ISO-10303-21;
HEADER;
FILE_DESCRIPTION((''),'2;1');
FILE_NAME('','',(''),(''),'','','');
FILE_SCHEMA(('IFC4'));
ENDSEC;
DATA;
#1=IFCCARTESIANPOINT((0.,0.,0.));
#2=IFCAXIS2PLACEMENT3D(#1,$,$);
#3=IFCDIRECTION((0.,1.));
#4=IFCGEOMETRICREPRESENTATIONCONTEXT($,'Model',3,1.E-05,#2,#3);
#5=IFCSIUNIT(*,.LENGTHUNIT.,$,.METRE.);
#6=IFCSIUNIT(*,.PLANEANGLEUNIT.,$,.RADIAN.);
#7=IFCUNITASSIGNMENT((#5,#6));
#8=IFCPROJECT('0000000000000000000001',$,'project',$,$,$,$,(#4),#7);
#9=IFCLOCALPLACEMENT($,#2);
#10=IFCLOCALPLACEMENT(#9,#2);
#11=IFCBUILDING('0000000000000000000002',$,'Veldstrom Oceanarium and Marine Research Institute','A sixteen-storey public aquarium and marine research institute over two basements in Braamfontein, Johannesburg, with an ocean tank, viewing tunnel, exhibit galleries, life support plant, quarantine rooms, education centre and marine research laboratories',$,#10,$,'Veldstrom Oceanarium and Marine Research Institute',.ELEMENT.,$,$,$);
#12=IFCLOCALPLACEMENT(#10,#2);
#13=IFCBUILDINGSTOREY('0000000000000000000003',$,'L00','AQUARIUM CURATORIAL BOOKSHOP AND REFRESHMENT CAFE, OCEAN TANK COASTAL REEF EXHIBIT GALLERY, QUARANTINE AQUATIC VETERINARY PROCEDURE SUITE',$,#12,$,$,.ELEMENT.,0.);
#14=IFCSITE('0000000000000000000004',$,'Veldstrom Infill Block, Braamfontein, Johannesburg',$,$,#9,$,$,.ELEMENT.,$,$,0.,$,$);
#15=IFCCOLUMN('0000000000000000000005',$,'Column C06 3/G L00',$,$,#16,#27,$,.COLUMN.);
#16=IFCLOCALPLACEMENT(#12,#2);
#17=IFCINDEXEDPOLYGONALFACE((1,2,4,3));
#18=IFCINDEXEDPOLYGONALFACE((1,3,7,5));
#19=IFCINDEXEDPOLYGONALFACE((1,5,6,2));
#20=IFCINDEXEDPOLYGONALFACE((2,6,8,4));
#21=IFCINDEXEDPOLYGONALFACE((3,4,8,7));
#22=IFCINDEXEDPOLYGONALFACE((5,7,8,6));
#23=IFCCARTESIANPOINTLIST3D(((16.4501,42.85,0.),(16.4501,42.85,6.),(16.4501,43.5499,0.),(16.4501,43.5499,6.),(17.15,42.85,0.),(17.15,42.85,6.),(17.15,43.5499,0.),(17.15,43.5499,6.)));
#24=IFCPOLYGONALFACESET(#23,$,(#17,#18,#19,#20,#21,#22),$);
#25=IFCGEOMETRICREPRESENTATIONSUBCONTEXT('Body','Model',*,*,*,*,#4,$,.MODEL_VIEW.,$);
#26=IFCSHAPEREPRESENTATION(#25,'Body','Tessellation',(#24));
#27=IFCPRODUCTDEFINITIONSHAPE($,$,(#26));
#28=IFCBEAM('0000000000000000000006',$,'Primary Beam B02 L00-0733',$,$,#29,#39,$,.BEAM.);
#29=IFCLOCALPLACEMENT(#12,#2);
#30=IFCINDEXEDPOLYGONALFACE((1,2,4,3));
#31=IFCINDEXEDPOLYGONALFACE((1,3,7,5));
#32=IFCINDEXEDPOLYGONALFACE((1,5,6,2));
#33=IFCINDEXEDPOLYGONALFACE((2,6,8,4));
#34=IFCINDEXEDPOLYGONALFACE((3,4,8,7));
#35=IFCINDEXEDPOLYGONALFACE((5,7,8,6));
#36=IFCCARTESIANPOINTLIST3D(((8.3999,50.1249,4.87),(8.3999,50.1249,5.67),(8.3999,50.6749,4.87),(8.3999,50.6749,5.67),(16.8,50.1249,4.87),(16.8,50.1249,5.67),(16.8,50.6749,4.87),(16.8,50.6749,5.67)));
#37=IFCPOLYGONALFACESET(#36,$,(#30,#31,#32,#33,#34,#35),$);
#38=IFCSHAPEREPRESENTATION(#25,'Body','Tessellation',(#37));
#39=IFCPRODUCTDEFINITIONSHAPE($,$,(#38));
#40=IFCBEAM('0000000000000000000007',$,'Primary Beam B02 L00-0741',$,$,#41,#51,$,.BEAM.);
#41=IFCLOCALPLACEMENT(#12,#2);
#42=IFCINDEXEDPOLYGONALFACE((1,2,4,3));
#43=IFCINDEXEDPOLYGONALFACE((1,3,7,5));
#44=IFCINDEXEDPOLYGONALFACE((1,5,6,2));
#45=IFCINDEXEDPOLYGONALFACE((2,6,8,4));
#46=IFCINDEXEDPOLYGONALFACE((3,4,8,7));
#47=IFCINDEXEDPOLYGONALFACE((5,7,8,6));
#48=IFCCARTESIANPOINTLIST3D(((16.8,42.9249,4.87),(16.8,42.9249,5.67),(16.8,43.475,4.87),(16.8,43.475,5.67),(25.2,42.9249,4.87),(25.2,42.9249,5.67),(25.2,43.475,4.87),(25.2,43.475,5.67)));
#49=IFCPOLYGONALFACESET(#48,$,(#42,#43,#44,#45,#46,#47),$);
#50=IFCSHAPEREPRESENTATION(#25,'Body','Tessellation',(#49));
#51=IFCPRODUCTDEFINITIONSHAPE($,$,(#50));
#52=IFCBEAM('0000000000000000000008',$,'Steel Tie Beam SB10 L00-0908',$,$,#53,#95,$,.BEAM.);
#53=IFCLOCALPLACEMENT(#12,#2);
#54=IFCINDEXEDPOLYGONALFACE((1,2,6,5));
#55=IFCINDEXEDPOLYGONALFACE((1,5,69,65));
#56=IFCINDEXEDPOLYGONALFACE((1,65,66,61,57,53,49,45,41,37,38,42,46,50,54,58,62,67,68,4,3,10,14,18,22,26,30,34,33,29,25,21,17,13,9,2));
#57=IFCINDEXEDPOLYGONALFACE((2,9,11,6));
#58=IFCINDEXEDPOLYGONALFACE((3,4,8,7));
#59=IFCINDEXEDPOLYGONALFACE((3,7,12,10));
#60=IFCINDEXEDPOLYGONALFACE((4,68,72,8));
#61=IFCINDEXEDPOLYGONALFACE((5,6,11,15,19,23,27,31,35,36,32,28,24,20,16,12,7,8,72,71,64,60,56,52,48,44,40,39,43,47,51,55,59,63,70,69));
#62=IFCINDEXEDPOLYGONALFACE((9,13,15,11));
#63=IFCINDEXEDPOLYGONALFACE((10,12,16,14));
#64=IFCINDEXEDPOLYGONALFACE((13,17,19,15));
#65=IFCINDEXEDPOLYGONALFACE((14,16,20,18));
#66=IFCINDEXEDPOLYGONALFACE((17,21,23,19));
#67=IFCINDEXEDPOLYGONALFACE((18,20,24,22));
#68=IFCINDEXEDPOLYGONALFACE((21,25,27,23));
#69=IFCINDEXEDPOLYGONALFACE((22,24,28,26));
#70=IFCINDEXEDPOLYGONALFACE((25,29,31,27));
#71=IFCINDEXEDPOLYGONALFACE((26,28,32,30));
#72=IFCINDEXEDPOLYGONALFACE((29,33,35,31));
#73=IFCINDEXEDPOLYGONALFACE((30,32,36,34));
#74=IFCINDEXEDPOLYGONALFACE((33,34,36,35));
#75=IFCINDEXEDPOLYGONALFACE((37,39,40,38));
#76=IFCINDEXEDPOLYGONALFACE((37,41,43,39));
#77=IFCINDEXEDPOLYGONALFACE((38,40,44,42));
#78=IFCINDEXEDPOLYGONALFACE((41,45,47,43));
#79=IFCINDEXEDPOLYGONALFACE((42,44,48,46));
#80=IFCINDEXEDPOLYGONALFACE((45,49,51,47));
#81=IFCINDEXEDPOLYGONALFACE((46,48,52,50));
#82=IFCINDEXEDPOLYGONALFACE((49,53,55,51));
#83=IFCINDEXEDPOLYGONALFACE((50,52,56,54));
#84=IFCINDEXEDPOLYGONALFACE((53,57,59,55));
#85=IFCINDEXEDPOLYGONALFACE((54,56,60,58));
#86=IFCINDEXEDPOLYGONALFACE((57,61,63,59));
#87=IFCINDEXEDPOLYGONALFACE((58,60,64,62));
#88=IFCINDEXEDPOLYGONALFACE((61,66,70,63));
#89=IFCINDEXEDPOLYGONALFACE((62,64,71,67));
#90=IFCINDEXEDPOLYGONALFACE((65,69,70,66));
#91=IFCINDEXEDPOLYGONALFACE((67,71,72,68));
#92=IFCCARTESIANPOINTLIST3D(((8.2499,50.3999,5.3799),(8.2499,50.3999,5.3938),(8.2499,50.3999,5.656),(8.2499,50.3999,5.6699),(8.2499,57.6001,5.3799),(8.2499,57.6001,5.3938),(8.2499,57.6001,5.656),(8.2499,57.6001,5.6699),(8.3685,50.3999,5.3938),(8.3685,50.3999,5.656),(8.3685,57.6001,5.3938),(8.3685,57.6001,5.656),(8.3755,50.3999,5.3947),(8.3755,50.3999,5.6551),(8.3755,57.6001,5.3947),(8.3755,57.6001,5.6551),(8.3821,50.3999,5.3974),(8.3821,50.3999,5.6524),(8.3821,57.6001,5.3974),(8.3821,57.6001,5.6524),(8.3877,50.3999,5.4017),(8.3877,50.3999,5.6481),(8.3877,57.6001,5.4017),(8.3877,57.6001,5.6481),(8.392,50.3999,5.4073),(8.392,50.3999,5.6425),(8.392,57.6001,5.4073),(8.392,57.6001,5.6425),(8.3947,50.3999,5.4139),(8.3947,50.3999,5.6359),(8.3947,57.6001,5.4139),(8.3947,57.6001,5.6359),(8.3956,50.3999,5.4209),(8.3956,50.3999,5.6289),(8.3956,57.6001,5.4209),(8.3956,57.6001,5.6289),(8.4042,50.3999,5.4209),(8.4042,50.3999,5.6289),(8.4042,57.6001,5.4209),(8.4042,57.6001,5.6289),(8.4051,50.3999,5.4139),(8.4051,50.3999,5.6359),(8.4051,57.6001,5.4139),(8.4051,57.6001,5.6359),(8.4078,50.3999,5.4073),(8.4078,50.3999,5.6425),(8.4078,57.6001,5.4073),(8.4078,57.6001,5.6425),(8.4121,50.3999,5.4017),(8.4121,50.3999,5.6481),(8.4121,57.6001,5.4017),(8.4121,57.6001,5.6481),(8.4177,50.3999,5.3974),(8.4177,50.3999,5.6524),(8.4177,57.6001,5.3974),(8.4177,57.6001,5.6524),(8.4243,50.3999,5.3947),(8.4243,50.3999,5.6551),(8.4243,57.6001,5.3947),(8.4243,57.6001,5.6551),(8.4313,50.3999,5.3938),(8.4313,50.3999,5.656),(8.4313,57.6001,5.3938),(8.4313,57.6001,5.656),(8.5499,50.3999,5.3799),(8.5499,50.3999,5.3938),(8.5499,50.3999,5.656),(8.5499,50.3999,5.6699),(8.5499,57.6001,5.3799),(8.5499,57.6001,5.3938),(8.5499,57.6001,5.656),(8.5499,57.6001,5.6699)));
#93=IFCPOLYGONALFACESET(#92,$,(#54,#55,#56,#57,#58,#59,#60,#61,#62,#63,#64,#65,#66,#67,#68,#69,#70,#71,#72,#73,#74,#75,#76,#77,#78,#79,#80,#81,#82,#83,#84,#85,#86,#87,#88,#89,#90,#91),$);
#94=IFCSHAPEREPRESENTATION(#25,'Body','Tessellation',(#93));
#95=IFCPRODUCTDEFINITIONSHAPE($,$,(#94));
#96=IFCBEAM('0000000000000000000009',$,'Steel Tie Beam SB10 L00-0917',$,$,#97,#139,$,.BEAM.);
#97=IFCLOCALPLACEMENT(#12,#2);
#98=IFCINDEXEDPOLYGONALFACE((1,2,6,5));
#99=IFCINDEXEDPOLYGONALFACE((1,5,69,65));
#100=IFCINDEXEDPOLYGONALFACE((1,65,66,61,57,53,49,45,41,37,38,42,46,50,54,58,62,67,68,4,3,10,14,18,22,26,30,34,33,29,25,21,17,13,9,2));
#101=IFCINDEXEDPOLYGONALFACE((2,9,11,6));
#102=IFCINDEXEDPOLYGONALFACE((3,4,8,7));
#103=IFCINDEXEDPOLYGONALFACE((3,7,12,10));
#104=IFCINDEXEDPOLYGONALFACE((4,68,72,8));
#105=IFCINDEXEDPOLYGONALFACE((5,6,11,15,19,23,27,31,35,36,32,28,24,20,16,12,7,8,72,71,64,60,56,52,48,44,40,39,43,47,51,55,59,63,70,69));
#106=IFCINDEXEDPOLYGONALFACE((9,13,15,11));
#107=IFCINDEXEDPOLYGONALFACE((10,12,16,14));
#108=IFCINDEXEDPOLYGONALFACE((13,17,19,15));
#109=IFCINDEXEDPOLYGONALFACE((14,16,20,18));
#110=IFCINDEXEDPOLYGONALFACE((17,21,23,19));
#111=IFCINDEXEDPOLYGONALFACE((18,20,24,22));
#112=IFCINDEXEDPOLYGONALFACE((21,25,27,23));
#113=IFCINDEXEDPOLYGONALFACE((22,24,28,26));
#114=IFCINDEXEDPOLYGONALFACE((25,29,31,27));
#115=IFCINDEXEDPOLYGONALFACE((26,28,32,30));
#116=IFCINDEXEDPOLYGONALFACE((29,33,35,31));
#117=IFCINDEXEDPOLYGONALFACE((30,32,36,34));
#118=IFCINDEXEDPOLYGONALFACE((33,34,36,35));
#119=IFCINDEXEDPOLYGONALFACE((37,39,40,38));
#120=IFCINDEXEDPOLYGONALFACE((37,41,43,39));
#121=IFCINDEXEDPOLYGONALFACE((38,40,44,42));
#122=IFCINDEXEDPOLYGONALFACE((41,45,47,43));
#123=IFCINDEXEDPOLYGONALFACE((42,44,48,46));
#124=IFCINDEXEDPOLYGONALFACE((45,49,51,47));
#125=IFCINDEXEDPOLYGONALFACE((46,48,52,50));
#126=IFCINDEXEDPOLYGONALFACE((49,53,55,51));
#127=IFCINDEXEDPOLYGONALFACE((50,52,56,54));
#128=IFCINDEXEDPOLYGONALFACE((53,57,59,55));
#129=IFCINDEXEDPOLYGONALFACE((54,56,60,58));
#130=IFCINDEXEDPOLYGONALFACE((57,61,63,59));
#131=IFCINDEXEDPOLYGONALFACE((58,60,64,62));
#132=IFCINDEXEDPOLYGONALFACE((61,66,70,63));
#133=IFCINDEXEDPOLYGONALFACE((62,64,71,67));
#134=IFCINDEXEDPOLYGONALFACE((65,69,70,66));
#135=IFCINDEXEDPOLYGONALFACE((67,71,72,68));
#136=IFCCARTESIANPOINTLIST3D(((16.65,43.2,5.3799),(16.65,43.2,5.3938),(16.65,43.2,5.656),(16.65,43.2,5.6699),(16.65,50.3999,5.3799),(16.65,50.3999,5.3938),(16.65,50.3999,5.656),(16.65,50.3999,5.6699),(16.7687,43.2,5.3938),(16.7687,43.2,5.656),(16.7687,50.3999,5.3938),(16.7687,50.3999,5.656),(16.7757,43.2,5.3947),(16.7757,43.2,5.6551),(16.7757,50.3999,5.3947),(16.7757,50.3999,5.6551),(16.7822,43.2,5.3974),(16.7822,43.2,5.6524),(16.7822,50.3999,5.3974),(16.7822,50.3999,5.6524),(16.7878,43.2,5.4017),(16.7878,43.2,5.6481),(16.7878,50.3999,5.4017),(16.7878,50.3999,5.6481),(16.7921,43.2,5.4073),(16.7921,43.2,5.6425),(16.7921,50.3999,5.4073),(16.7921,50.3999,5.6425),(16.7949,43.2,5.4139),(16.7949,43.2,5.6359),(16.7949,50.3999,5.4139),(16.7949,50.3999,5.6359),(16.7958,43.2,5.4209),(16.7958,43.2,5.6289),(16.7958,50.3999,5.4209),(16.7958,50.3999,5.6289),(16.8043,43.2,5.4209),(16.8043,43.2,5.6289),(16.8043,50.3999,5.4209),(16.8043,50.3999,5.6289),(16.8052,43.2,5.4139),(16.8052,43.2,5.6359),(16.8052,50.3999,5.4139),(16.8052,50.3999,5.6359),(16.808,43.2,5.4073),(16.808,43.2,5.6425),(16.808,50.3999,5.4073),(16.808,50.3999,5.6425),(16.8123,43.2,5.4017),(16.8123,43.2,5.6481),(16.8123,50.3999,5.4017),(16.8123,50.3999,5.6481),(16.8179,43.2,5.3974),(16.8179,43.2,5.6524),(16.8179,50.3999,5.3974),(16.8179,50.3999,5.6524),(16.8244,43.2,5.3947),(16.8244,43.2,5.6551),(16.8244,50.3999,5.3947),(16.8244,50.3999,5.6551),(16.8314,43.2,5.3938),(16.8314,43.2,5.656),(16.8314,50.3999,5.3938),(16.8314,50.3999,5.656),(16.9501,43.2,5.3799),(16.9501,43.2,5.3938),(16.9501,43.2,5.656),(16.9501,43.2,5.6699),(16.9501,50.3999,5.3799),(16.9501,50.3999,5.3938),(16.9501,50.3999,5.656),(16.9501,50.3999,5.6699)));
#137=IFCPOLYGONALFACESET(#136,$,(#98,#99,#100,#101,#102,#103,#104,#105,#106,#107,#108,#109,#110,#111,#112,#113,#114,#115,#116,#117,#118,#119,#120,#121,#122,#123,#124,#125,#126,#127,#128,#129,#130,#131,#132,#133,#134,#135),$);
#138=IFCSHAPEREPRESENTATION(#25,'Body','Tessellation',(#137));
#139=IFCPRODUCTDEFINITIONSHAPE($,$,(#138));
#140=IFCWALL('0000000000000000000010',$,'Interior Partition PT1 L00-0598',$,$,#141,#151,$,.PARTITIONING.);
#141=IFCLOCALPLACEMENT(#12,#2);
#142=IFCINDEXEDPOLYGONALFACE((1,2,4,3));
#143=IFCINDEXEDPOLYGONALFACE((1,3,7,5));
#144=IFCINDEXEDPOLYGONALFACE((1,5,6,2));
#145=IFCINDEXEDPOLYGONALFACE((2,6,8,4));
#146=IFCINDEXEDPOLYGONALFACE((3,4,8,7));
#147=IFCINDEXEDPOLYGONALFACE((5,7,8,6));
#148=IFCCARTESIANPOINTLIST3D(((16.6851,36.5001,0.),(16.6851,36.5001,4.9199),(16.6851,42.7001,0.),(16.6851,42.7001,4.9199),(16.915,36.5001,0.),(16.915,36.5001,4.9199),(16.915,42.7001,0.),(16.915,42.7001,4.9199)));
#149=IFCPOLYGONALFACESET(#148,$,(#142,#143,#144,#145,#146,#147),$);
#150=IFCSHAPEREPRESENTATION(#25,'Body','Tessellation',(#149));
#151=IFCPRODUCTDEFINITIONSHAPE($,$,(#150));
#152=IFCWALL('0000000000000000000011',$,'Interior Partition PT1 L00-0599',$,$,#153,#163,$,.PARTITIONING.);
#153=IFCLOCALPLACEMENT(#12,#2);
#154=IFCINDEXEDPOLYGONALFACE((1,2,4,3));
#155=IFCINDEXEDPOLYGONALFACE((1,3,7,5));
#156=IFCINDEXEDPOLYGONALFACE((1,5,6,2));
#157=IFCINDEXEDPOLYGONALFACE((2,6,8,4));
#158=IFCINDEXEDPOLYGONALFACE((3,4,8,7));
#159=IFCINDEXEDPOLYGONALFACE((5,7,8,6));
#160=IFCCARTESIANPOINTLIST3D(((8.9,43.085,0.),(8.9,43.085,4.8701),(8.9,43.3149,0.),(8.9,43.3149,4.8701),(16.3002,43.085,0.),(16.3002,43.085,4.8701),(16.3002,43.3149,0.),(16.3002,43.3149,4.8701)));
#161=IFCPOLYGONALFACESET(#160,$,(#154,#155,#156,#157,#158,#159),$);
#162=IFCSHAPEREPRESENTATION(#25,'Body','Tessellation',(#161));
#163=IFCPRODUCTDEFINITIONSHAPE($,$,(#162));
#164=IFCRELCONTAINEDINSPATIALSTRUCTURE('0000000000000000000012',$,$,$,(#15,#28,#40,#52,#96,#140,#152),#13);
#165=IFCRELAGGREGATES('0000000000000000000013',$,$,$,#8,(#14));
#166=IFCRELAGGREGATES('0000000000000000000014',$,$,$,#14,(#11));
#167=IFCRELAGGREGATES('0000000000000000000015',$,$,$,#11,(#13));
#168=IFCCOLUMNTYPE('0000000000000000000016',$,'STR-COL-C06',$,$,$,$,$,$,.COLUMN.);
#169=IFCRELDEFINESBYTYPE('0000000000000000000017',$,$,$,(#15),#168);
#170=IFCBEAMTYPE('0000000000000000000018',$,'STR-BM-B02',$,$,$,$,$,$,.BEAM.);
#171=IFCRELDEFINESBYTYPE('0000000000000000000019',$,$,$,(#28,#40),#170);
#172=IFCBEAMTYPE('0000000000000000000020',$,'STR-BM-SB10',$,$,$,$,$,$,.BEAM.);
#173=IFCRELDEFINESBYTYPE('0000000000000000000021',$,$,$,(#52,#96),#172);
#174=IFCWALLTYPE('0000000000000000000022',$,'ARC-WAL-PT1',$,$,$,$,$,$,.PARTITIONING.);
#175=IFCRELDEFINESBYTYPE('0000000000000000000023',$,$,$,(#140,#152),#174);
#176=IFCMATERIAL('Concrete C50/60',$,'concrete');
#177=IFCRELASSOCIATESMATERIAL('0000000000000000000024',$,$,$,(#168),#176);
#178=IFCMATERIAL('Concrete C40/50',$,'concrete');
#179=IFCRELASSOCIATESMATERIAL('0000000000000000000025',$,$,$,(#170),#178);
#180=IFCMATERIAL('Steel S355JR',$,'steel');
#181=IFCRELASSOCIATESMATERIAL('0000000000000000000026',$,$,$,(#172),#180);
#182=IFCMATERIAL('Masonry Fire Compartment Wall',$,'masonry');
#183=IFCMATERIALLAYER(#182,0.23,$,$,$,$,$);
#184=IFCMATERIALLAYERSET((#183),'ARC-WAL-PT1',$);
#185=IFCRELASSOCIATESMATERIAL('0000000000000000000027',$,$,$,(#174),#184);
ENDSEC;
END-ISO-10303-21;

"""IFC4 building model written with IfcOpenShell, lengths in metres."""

from ifc_helpers import new_model, si_unit, direction, frame, frame_2d, origin, origin_2d, place, context, subcontext, project, spatial, rectangle, i_section, extrude, material, layer, layer_set, material_profile, profile_set, type_object, element, save


model = new_model("IFC4")

# Units and contexts
model_context = context("Model", 3, precision=1e-05, world=origin(), true_north=direction((0.0, 1.0)))
body_context = subcontext(model_context, "Body", "Model", "MODEL_VIEW")
ifc_project = project(units=[si_unit("LENGTHUNIT", "METRE"), si_unit("PLANEANGLEUNIT", "RADIAN")], contexts=[model_context])

# Site, building, storey
site_placement = place(None, origin())
site = spatial("IfcSite", under=ifc_project, at=site_placement, Name="Veldstrom Infill Block, Braamfontein, Johannesburg", CompositionType="ELEMENT", RefElevation=0.0)
building_placement = place(site_placement, origin())
building = spatial("IfcBuilding", under=site, at=building_placement, Name="Veldstrom Oceanarium and Marine Research Institute", Description="A sixteen-storey public aquarium and marine research institute over two basements in Braamfontein, Johannesburg, with an ocean tank, viewing tunnel, exhibit galleries, life support plant, quarantine rooms, education centre and marine research laboratories", LongName="Veldstrom Oceanarium and Marine Research Institute", CompositionType="ELEMENT")
storey_placement = place(building_placement, origin())
storey = spatial("IfcBuildingStorey", under=building, at=storey_placement, Name="L00", Description="AQUARIUM CURATORIAL BOOKSHOP AND REFRESHMENT CAFE, OCEAN TANK COASTAL REEF EXHIBIT GALLERY, QUARANTINE AQUATIC VETERINARY PROCEDURE SUITE", CompositionType="ELEMENT", Elevation=0.0)

# Column
ifc_material_1 = material(Name="Concrete C50/60", Category="concrete")
ifc_material_profile_1 = material_profile(ifc_material_1, rectangle(XDim=0.7, YDim=0.7, at=origin_2d()), Name="RC-COL-700x700")
ifc_profile_set_1 = profile_set([ifc_material_profile_1], Name="Concrete C50/60")
column_type = type_object("IfcColumnType", Name="STR-COL-C06", PredefinedType="COLUMN", material=ifc_profile_set_1)
column_placement = place(storey_placement, frame((16.8, 43.2, 0.0), z_axis=(0.0, 0.0, 1.0), x_axis=(1.0, 0.0, 0.0)))
element("IfcColumn", 1, at=column_placement, inside=storey, type_object=column_type, Name="Column C06 3/G L00", PredefinedType="COLUMN", context=body_context, shape_type="SweptSolid", body=[
    extrude(rectangle(XDim=0.7, YDim=0.7, at=origin_2d()), origin(), (0.0, 0.0, 1.0), 6.0),
])

# Beams
ifc_material_2 = material(Name="Concrete C40/50", Category="concrete")
ifc_material_profile_2 = material_profile(ifc_material_2, rectangle(XDim=0.55, YDim=0.8, at=origin_2d()), Name="RC-BM-550x800")
ifc_profile_set_2 = profile_set([ifc_material_profile_2], Name="Concrete C40/50")
beam_type_1 = type_object("IfcBeamType", Name="STR-BM-B02", PredefinedType="BEAM", material=ifc_profile_set_2)
beam_1_placement = place(storey_placement, frame((8.3999, 50.3999, 5.27), z_axis=(1.0, 0.0, 0.0), x_axis=(0.0, 1.0, 0.0)))
element("IfcBeam", 2, at=beam_1_placement, inside=storey, type_object=beam_type_1, Name="Primary Beam B02 L00-0733", PredefinedType="BEAM", context=body_context, shape_type="SweptSolid", body=[
    extrude(rectangle(XDim=0.55, YDim=0.8, at=origin_2d()), origin(), (0.0, 0.0, 1.0), 8.4001),
])
beam_2_placement = place(storey_placement, frame((16.8, 43.2, 5.27), z_axis=(1.0, 0.0, 0.0), x_axis=(0.0, 1.0, 0.0)))
element("IfcBeam", 3, at=beam_2_placement, inside=storey, type_object=beam_type_1, Name="Primary Beam B02 L00-0741", PredefinedType="BEAM", context=body_context, shape_type="SweptSolid", body=[
    extrude(rectangle(XDim=0.55, YDim=0.8, at=origin_2d()), origin(), (0.0, 0.0, 1.0), 8.3999),
])
ifc_material_3 = material(Name="Steel S355JR", Category="steel")
ifc_material_profile_3 = material_profile(ifc_material_3, i_section(OverallWidth=0.3, OverallDepth=0.29, WebThickness=0.0085, FlangeThickness=0.0139, FilletRadius=0.0271, at=origin_2d()), Name="HEA 300")
ifc_profile_set_3 = profile_set([ifc_material_profile_3], Name="Steel S355JR")
beam_type_2 = type_object("IfcBeamType", Name="STR-BM-SB10", PredefinedType="BEAM", material=ifc_profile_set_3)
beam_3_placement = place(storey_placement, frame((8.3999, 50.3999, 5.5249), z_axis=(0.0, 1.0, 0.0), x_axis=(-1.0, 0.0, 0.0)))
element("IfcBeam", 4, at=beam_3_placement, inside=storey, type_object=beam_type_2, Name="Steel Tie Beam SB10 L00-0908", PredefinedType="BEAM", context=body_context, shape_type="SweptSolid", body=[
    extrude(i_section(OverallWidth=0.3, OverallDepth=0.29, WebThickness=0.0085, FlangeThickness=0.0139, FilletRadius=0.0271, at=origin_2d()), origin(), (0.0, 0.0, 1.0), 7.2002),
])
beam_4_placement = place(storey_placement, frame((16.8, 43.2, 5.5249), z_axis=(0.0, 1.0, 0.0), x_axis=(-1.0, 0.0, 0.0)))
element("IfcBeam", 5, at=beam_4_placement, inside=storey, type_object=beam_type_2, Name="Steel Tie Beam SB10 L00-0917", PredefinedType="BEAM", context=body_context, shape_type="SweptSolid", body=[
    extrude(i_section(OverallWidth=0.3, OverallDepth=0.29, WebThickness=0.0085, FlangeThickness=0.0139, FilletRadius=0.0271, at=origin_2d()), origin(), (0.0, 0.0, 1.0), 7.2),
])

# Walls
ifc_material_4 = material(Name="Masonry Fire Compartment Wall", Category="masonry")
ifc_layer_1 = layer(ifc_material_4, 0.23)
ifc_layer_set_1 = layer_set([ifc_layer_1], Name="ARC-WAL-PT1")
wall_type_1 = type_object("IfcWallType", Name="ARC-WAL-PT1", PredefinedType="PARTITIONING", material=ifc_layer_set_1)
wall_1_placement = place(storey_placement, frame((16.8, 36.5, 0.0), z_axis=(0.0, 0.0, 1.0), x_axis=(0.0, 1.0, 0.0)))
element("IfcWall", 6, at=wall_1_placement, inside=storey, type_object=wall_type_1, Name="Interior Partition PT1 L00-0598", PredefinedType="PARTITIONING", context=body_context, shape_type="SweptSolid", body=[
    extrude(rectangle(XDim=6.2, YDim=0.23, at=frame_2d((3.1001, 0.0))), origin(), (0.0, 0.0, 1.0), 4.9199),
])
wall_2_placement = place(storey_placement, frame((8.8999, 43.2, 0.0), z_axis=(0.0, 0.0, 1.0), x_axis=(1.0, 0.0, 0.0)))
element("IfcWall", 7, at=wall_2_placement, inside=storey, type_object=wall_type_1, Name="Interior Partition PT1 L00-0599", PredefinedType="PARTITIONING", context=body_context, shape_type="SweptSolid", body=[
    extrude(rectangle(XDim=7.4001, YDim=0.23, at=frame_2d((3.7002, 0.0))), origin(), (0.0, 0.0, 1.0), 4.8701),
])

save(model, "model.ifc")
